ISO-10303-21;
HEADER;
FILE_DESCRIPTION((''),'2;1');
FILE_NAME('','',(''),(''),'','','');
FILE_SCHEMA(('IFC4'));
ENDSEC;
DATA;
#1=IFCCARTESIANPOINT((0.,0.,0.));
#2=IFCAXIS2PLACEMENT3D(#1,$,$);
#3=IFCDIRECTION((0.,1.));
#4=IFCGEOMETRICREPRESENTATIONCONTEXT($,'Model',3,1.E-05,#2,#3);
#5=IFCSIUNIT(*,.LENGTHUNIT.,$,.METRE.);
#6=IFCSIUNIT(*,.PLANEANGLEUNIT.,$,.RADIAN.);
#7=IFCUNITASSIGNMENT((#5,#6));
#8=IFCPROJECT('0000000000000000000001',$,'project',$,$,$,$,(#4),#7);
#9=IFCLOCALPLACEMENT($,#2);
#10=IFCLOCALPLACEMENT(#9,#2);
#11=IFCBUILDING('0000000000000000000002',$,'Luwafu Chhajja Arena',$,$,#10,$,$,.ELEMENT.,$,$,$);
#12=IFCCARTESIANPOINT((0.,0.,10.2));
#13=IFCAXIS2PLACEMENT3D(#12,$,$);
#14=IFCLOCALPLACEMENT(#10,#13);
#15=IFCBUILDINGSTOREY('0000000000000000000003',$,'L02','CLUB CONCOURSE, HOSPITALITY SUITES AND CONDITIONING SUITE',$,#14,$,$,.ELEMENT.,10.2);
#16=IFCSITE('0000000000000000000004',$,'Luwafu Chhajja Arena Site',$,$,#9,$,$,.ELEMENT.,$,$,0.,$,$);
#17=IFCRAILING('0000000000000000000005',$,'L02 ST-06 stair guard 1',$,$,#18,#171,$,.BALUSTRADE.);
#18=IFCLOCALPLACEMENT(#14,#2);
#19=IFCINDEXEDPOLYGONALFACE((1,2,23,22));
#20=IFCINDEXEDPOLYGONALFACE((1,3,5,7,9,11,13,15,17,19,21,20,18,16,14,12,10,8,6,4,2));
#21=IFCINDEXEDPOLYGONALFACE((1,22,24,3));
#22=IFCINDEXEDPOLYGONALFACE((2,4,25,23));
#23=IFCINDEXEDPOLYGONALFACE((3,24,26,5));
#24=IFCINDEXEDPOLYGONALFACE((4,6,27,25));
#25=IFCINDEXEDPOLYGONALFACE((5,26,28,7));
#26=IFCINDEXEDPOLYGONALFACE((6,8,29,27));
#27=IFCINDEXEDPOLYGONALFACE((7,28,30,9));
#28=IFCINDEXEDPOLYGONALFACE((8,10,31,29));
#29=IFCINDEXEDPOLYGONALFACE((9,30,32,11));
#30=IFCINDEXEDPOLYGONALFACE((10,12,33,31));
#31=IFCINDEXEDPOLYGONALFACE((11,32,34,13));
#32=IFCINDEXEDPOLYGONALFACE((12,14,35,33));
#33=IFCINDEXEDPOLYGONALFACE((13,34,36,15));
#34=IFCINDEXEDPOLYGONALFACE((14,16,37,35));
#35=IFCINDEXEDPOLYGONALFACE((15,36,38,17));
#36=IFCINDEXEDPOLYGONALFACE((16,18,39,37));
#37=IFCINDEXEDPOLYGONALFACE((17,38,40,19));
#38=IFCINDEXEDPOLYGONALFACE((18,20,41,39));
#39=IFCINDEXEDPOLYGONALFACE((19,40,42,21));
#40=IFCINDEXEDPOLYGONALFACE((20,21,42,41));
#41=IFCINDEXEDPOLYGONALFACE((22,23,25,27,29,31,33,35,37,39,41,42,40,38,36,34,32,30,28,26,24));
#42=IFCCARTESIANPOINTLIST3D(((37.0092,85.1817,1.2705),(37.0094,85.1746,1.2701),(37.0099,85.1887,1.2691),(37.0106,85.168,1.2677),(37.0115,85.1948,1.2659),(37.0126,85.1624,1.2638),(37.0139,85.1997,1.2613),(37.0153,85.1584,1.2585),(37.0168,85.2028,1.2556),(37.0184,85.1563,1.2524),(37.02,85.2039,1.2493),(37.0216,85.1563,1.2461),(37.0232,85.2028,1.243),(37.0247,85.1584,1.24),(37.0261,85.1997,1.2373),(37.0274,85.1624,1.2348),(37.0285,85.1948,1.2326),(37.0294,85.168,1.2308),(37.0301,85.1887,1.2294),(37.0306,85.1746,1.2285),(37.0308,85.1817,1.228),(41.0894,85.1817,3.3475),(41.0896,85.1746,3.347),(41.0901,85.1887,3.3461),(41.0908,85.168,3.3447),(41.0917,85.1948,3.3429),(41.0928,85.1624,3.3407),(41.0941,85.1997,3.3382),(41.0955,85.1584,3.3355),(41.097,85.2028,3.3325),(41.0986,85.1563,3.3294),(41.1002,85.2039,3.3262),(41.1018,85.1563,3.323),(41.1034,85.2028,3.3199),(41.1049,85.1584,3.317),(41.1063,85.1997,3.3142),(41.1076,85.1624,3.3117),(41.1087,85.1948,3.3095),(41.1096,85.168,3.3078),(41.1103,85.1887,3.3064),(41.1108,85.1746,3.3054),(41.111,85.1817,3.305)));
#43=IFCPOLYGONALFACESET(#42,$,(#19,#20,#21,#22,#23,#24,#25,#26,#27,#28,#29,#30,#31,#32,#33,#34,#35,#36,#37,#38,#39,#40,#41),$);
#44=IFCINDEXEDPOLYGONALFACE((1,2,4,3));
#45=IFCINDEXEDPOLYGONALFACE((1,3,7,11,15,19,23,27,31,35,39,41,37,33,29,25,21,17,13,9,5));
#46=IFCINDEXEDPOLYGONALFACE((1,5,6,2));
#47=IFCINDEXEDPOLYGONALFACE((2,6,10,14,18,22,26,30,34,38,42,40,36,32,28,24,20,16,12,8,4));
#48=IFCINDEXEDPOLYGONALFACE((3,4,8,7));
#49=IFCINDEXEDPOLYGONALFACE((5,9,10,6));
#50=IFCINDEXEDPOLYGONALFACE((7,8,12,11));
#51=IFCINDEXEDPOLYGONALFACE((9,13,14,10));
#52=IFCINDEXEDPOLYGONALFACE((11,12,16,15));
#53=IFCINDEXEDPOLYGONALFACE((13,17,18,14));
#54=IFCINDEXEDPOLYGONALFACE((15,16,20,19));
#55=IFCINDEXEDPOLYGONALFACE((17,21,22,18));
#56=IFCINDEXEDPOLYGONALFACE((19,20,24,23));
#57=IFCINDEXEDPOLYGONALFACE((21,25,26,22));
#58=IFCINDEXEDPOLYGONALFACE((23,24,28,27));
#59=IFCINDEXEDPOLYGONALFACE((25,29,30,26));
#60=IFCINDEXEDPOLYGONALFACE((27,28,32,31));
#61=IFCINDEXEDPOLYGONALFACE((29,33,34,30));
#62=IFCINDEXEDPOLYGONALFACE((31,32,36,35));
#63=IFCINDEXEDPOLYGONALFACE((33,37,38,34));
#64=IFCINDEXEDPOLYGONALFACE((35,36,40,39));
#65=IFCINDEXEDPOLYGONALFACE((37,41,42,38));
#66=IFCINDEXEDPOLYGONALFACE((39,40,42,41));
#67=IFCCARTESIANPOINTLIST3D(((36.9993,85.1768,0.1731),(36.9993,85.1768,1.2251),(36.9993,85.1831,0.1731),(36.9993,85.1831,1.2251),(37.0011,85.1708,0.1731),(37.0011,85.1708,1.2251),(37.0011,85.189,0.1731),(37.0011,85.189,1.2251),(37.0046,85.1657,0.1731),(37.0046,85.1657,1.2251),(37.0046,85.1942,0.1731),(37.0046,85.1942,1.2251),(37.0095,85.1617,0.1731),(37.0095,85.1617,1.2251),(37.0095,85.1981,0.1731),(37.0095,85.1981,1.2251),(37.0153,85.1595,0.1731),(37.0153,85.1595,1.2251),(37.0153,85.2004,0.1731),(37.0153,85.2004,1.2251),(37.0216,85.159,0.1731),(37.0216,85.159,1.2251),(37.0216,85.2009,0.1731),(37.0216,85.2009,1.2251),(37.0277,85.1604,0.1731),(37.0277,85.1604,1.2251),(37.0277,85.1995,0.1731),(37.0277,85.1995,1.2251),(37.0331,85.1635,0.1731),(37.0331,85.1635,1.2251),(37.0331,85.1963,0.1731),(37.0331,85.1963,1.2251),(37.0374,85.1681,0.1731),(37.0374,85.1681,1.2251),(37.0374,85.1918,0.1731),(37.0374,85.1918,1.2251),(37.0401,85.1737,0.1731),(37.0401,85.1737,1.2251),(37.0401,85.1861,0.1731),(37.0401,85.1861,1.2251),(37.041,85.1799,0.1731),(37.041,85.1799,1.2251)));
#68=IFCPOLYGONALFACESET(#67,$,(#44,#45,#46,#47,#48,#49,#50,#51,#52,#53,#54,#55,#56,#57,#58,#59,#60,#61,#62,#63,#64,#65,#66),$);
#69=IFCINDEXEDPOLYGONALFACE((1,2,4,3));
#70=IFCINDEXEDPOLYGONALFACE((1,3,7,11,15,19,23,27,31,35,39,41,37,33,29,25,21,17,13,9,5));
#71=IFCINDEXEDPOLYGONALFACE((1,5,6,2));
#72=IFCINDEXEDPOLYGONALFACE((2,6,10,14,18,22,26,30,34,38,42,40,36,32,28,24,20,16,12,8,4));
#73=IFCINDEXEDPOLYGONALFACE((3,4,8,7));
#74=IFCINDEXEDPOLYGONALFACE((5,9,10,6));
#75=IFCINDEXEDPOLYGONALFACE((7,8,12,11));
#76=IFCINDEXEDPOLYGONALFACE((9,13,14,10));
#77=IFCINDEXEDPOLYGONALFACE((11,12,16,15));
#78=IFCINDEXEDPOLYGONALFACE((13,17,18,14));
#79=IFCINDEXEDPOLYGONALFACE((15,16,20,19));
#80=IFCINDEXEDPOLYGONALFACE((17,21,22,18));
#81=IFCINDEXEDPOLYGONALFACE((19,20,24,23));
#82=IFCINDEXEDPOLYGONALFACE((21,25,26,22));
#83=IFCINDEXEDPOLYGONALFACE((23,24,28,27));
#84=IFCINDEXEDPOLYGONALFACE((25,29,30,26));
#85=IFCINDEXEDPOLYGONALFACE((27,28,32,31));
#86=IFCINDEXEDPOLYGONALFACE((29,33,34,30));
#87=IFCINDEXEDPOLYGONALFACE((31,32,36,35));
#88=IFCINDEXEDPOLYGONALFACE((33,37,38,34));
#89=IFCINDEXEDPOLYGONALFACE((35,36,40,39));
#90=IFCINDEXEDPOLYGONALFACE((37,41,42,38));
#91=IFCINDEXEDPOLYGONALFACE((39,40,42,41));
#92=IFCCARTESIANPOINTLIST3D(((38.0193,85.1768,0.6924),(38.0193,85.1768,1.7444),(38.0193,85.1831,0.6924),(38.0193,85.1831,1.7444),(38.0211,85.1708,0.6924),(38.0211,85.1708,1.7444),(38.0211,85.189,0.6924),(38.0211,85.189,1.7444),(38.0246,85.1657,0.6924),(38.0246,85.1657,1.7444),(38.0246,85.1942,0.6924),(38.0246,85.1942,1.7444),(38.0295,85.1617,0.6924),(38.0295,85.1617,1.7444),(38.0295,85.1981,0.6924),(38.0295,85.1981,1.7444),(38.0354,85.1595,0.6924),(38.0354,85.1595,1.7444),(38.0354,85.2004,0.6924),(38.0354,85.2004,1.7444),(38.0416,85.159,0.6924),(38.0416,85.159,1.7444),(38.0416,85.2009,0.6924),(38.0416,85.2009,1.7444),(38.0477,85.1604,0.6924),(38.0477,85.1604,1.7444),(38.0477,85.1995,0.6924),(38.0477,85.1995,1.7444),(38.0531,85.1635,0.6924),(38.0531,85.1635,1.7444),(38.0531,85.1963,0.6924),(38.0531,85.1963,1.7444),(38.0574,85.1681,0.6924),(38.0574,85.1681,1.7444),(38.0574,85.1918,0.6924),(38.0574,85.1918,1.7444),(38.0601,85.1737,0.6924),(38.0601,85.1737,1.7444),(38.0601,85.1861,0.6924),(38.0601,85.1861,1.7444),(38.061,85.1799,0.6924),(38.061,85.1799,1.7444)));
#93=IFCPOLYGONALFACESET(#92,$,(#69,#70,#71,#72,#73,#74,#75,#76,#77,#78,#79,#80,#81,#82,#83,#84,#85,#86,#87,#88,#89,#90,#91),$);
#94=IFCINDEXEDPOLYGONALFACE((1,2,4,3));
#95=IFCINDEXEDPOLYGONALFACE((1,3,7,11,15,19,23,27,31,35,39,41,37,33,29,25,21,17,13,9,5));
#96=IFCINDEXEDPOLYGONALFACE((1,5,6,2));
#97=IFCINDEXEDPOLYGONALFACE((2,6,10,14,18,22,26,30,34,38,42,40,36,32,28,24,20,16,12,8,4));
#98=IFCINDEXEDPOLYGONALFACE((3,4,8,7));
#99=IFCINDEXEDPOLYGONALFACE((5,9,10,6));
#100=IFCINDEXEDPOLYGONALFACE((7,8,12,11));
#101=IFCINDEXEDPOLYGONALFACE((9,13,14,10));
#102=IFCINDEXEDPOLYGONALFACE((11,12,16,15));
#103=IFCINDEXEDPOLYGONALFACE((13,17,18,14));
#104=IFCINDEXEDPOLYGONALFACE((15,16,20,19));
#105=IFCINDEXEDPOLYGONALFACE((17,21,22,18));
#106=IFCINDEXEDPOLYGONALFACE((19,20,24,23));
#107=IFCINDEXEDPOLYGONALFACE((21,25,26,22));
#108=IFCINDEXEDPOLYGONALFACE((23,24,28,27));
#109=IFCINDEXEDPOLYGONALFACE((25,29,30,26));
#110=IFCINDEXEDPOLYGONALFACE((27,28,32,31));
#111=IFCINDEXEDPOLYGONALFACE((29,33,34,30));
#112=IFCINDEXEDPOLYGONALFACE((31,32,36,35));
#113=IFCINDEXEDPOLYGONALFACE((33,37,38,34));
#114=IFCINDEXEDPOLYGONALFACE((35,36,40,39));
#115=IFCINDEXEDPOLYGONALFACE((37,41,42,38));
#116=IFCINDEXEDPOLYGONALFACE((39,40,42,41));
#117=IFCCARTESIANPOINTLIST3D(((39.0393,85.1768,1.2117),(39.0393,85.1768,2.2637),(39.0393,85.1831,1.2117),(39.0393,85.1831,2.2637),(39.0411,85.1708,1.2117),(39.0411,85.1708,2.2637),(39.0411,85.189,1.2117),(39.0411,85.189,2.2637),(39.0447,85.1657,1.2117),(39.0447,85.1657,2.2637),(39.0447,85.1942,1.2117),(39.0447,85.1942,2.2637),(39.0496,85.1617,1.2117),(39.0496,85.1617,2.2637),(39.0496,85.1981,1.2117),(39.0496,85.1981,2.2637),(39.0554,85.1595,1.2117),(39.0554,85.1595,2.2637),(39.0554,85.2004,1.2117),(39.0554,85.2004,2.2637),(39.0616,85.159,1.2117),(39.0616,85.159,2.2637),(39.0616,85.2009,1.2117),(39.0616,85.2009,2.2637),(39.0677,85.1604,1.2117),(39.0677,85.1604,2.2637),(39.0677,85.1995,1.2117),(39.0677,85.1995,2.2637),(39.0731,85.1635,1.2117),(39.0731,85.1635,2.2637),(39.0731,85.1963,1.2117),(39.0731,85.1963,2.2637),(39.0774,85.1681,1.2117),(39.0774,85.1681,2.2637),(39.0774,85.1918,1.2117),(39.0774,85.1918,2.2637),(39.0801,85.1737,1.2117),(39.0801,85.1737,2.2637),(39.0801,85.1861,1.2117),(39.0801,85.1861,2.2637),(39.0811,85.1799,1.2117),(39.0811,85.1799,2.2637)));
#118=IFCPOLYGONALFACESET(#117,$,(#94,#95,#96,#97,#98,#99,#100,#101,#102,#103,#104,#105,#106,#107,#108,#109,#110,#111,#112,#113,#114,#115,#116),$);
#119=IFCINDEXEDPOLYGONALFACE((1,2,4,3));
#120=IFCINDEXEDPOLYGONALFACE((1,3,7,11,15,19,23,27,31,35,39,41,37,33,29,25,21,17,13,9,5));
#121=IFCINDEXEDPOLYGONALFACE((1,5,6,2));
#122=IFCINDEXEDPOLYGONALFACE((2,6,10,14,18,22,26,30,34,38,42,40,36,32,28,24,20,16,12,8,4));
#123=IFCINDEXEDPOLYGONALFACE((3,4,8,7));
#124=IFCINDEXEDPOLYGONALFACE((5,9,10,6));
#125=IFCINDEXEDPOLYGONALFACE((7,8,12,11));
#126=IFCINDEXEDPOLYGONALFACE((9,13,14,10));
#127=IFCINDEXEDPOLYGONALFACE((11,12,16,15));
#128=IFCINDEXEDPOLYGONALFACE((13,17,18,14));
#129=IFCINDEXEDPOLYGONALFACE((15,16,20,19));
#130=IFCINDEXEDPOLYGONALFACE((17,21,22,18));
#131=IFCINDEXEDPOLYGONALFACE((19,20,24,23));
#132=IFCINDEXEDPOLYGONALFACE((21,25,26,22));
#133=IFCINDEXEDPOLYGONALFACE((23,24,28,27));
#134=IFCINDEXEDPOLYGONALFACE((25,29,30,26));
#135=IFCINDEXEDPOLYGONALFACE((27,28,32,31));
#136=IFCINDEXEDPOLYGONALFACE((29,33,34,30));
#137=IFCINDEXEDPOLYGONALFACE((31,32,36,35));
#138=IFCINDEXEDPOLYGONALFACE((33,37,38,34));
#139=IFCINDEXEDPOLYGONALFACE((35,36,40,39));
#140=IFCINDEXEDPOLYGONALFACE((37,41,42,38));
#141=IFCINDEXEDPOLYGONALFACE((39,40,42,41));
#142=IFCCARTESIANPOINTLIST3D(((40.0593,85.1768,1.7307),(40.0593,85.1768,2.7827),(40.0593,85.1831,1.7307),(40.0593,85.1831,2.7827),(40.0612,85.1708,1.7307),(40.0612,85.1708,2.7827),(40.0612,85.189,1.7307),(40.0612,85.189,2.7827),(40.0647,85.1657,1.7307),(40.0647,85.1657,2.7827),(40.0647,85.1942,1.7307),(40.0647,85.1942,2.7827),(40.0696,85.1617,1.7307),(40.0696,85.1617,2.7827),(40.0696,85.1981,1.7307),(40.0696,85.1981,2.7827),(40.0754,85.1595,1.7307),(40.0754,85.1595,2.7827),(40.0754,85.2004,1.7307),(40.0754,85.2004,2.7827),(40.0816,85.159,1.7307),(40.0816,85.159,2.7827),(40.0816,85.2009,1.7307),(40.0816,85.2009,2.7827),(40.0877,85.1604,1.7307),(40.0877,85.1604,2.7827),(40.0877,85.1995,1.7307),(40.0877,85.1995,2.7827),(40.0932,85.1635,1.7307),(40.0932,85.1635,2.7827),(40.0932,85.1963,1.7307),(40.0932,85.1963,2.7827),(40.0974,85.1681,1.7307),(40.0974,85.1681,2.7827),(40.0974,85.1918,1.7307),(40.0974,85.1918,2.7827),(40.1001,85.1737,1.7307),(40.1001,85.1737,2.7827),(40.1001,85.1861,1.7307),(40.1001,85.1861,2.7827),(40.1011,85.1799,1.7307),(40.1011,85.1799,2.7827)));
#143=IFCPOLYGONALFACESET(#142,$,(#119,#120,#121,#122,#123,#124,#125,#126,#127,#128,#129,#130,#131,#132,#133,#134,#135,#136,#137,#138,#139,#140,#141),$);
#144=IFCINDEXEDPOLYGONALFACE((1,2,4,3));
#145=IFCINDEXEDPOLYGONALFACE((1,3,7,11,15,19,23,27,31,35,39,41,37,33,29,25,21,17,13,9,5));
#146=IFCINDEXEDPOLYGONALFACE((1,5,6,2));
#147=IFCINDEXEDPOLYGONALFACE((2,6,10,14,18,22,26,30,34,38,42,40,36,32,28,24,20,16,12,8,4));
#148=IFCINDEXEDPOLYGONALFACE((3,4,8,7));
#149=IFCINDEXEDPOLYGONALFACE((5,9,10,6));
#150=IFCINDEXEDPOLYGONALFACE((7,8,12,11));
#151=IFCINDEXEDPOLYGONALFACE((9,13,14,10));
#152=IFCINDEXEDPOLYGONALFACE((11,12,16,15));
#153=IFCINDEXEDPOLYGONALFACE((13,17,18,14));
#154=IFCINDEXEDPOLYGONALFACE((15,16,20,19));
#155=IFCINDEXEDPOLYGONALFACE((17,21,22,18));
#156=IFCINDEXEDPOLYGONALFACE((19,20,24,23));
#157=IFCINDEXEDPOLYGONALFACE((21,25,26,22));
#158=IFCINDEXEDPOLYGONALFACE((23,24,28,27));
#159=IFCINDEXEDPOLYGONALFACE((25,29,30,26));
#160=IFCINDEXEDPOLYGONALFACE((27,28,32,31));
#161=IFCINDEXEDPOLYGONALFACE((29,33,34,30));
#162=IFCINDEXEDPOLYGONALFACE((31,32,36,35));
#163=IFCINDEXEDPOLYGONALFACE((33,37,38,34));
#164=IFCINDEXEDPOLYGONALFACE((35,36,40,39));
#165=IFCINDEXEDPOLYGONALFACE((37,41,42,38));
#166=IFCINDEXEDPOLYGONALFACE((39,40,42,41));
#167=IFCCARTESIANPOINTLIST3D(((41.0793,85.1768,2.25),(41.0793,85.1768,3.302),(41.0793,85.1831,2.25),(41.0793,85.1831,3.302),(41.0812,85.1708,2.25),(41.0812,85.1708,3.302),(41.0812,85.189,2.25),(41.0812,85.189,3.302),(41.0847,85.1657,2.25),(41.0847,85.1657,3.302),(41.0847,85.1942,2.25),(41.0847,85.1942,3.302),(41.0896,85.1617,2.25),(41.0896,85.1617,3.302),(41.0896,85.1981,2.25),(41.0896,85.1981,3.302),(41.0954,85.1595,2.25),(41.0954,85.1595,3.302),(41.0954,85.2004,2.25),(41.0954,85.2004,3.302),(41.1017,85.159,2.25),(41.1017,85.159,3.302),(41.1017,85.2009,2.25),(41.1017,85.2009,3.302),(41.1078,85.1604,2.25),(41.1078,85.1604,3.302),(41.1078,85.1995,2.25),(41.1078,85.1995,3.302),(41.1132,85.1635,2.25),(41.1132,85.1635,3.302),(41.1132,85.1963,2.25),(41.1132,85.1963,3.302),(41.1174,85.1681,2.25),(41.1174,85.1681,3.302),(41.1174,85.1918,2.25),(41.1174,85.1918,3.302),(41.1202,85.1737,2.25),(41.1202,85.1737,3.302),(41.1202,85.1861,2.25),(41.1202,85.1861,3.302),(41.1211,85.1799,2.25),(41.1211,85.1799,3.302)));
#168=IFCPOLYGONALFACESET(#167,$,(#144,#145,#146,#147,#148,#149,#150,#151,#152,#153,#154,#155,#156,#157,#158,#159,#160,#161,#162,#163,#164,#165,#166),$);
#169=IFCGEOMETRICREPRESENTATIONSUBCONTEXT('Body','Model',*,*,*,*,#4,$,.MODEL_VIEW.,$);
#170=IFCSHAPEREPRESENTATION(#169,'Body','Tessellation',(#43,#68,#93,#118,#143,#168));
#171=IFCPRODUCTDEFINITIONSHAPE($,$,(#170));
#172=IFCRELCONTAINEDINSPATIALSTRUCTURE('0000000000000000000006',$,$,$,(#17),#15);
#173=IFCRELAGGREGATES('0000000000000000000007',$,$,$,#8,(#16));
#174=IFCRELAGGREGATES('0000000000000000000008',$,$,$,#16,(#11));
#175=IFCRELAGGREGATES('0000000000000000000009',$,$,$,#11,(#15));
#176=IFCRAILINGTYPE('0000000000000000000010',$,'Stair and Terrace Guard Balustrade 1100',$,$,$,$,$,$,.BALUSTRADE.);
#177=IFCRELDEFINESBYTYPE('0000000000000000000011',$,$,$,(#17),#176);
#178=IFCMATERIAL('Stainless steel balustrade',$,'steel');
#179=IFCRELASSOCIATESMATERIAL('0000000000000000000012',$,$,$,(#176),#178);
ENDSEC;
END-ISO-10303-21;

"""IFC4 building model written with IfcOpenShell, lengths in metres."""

from ifc_helpers import new_model, si_unit, direction, frame, origin, origin_2d, place, context, subcontext, project, spatial, circle, extrude, material, type_object, element, save


model = new_model("IFC4")

# Units and contexts
model_context = context("Model", 3, precision=1e-05, world=origin(), true_north=direction((0.0, 1.0)))
body_context = subcontext(model_context, "Body", "Model", "MODEL_VIEW")
ifc_project = project(units=[si_unit("LENGTHUNIT", "METRE"), si_unit("PLANEANGLEUNIT", "RADIAN")], contexts=[model_context])

# Site, building, storey
site_placement = place(None, origin())
site = spatial("IfcSite", under=ifc_project, at=site_placement, Name="Luwafu Chhajja Arena Site", CompositionType="ELEMENT", RefElevation=0.0)
building_placement = place(site_placement, origin())
building = spatial("IfcBuilding", under=site, at=building_placement, Name="Luwafu Chhajja Arena", CompositionType="ELEMENT")
storey_placement = place(building_placement, frame((0.0, 0.0, 10.2)))
storey = spatial("IfcBuildingStorey", under=building, at=storey_placement, Name="L02", Description="CLUB CONCOURSE, HOSPITALITY SUITES AND CONDITIONING SUITE", CompositionType="ELEMENT", Elevation=10.2)

# Railing
ifc_material_1 = material(Name="Stainless steel balustrade", Category="steel")
railing_type_1 = type_object("IfcRailingType", Name="Stair and Terrace Guard Balustrade 1100", PredefinedType="BALUSTRADE", material=ifc_material_1)
railing_1_placement = place(storey_placement, frame((37.02, 85.1799, 0.1731)))
element("IfcRailing", 1, at=railing_1_placement, inside=storey, type_object=railing_type_1, Name="L02 ST-06 stair guard 1", PredefinedType="BALUSTRADE", context=body_context, shape_type="SweptSolid", body=[
    extrude(circle(Radius=0.0239, at=origin_2d()), frame((0.0, 0.0, 1.0762), z_axis=(0.891183, 0.0, 0.453644), x_axis=(0.0, 1.0, 0.0)), (0.0, 0.0, 1.0), 4.5784),
    extrude(circle(Radius=0.021, at=origin_2d()), origin(), (0.0, 0.0, 1.0), 1.052),
    extrude(circle(Radius=0.021, at=origin_2d()), frame((1.02, 0.0, 0.5193)), (0.0, 0.0, 1.0), 1.052),
    extrude(circle(Radius=0.021, at=origin_2d()), frame((2.04, 0.0, 1.0386)), (0.0, 0.0, 1.0), 1.052),
    extrude(circle(Radius=0.021, at=origin_2d()), frame((3.0601, 0.0, 1.5576)), (0.0, 0.0, 1.0), 1.052),
    extrude(circle(Radius=0.021, at=origin_2d()), frame((4.0801, 0.0, 2.0769)), (0.0, 0.0, 1.0), 1.052),
])

save(model, "model.ifc")
